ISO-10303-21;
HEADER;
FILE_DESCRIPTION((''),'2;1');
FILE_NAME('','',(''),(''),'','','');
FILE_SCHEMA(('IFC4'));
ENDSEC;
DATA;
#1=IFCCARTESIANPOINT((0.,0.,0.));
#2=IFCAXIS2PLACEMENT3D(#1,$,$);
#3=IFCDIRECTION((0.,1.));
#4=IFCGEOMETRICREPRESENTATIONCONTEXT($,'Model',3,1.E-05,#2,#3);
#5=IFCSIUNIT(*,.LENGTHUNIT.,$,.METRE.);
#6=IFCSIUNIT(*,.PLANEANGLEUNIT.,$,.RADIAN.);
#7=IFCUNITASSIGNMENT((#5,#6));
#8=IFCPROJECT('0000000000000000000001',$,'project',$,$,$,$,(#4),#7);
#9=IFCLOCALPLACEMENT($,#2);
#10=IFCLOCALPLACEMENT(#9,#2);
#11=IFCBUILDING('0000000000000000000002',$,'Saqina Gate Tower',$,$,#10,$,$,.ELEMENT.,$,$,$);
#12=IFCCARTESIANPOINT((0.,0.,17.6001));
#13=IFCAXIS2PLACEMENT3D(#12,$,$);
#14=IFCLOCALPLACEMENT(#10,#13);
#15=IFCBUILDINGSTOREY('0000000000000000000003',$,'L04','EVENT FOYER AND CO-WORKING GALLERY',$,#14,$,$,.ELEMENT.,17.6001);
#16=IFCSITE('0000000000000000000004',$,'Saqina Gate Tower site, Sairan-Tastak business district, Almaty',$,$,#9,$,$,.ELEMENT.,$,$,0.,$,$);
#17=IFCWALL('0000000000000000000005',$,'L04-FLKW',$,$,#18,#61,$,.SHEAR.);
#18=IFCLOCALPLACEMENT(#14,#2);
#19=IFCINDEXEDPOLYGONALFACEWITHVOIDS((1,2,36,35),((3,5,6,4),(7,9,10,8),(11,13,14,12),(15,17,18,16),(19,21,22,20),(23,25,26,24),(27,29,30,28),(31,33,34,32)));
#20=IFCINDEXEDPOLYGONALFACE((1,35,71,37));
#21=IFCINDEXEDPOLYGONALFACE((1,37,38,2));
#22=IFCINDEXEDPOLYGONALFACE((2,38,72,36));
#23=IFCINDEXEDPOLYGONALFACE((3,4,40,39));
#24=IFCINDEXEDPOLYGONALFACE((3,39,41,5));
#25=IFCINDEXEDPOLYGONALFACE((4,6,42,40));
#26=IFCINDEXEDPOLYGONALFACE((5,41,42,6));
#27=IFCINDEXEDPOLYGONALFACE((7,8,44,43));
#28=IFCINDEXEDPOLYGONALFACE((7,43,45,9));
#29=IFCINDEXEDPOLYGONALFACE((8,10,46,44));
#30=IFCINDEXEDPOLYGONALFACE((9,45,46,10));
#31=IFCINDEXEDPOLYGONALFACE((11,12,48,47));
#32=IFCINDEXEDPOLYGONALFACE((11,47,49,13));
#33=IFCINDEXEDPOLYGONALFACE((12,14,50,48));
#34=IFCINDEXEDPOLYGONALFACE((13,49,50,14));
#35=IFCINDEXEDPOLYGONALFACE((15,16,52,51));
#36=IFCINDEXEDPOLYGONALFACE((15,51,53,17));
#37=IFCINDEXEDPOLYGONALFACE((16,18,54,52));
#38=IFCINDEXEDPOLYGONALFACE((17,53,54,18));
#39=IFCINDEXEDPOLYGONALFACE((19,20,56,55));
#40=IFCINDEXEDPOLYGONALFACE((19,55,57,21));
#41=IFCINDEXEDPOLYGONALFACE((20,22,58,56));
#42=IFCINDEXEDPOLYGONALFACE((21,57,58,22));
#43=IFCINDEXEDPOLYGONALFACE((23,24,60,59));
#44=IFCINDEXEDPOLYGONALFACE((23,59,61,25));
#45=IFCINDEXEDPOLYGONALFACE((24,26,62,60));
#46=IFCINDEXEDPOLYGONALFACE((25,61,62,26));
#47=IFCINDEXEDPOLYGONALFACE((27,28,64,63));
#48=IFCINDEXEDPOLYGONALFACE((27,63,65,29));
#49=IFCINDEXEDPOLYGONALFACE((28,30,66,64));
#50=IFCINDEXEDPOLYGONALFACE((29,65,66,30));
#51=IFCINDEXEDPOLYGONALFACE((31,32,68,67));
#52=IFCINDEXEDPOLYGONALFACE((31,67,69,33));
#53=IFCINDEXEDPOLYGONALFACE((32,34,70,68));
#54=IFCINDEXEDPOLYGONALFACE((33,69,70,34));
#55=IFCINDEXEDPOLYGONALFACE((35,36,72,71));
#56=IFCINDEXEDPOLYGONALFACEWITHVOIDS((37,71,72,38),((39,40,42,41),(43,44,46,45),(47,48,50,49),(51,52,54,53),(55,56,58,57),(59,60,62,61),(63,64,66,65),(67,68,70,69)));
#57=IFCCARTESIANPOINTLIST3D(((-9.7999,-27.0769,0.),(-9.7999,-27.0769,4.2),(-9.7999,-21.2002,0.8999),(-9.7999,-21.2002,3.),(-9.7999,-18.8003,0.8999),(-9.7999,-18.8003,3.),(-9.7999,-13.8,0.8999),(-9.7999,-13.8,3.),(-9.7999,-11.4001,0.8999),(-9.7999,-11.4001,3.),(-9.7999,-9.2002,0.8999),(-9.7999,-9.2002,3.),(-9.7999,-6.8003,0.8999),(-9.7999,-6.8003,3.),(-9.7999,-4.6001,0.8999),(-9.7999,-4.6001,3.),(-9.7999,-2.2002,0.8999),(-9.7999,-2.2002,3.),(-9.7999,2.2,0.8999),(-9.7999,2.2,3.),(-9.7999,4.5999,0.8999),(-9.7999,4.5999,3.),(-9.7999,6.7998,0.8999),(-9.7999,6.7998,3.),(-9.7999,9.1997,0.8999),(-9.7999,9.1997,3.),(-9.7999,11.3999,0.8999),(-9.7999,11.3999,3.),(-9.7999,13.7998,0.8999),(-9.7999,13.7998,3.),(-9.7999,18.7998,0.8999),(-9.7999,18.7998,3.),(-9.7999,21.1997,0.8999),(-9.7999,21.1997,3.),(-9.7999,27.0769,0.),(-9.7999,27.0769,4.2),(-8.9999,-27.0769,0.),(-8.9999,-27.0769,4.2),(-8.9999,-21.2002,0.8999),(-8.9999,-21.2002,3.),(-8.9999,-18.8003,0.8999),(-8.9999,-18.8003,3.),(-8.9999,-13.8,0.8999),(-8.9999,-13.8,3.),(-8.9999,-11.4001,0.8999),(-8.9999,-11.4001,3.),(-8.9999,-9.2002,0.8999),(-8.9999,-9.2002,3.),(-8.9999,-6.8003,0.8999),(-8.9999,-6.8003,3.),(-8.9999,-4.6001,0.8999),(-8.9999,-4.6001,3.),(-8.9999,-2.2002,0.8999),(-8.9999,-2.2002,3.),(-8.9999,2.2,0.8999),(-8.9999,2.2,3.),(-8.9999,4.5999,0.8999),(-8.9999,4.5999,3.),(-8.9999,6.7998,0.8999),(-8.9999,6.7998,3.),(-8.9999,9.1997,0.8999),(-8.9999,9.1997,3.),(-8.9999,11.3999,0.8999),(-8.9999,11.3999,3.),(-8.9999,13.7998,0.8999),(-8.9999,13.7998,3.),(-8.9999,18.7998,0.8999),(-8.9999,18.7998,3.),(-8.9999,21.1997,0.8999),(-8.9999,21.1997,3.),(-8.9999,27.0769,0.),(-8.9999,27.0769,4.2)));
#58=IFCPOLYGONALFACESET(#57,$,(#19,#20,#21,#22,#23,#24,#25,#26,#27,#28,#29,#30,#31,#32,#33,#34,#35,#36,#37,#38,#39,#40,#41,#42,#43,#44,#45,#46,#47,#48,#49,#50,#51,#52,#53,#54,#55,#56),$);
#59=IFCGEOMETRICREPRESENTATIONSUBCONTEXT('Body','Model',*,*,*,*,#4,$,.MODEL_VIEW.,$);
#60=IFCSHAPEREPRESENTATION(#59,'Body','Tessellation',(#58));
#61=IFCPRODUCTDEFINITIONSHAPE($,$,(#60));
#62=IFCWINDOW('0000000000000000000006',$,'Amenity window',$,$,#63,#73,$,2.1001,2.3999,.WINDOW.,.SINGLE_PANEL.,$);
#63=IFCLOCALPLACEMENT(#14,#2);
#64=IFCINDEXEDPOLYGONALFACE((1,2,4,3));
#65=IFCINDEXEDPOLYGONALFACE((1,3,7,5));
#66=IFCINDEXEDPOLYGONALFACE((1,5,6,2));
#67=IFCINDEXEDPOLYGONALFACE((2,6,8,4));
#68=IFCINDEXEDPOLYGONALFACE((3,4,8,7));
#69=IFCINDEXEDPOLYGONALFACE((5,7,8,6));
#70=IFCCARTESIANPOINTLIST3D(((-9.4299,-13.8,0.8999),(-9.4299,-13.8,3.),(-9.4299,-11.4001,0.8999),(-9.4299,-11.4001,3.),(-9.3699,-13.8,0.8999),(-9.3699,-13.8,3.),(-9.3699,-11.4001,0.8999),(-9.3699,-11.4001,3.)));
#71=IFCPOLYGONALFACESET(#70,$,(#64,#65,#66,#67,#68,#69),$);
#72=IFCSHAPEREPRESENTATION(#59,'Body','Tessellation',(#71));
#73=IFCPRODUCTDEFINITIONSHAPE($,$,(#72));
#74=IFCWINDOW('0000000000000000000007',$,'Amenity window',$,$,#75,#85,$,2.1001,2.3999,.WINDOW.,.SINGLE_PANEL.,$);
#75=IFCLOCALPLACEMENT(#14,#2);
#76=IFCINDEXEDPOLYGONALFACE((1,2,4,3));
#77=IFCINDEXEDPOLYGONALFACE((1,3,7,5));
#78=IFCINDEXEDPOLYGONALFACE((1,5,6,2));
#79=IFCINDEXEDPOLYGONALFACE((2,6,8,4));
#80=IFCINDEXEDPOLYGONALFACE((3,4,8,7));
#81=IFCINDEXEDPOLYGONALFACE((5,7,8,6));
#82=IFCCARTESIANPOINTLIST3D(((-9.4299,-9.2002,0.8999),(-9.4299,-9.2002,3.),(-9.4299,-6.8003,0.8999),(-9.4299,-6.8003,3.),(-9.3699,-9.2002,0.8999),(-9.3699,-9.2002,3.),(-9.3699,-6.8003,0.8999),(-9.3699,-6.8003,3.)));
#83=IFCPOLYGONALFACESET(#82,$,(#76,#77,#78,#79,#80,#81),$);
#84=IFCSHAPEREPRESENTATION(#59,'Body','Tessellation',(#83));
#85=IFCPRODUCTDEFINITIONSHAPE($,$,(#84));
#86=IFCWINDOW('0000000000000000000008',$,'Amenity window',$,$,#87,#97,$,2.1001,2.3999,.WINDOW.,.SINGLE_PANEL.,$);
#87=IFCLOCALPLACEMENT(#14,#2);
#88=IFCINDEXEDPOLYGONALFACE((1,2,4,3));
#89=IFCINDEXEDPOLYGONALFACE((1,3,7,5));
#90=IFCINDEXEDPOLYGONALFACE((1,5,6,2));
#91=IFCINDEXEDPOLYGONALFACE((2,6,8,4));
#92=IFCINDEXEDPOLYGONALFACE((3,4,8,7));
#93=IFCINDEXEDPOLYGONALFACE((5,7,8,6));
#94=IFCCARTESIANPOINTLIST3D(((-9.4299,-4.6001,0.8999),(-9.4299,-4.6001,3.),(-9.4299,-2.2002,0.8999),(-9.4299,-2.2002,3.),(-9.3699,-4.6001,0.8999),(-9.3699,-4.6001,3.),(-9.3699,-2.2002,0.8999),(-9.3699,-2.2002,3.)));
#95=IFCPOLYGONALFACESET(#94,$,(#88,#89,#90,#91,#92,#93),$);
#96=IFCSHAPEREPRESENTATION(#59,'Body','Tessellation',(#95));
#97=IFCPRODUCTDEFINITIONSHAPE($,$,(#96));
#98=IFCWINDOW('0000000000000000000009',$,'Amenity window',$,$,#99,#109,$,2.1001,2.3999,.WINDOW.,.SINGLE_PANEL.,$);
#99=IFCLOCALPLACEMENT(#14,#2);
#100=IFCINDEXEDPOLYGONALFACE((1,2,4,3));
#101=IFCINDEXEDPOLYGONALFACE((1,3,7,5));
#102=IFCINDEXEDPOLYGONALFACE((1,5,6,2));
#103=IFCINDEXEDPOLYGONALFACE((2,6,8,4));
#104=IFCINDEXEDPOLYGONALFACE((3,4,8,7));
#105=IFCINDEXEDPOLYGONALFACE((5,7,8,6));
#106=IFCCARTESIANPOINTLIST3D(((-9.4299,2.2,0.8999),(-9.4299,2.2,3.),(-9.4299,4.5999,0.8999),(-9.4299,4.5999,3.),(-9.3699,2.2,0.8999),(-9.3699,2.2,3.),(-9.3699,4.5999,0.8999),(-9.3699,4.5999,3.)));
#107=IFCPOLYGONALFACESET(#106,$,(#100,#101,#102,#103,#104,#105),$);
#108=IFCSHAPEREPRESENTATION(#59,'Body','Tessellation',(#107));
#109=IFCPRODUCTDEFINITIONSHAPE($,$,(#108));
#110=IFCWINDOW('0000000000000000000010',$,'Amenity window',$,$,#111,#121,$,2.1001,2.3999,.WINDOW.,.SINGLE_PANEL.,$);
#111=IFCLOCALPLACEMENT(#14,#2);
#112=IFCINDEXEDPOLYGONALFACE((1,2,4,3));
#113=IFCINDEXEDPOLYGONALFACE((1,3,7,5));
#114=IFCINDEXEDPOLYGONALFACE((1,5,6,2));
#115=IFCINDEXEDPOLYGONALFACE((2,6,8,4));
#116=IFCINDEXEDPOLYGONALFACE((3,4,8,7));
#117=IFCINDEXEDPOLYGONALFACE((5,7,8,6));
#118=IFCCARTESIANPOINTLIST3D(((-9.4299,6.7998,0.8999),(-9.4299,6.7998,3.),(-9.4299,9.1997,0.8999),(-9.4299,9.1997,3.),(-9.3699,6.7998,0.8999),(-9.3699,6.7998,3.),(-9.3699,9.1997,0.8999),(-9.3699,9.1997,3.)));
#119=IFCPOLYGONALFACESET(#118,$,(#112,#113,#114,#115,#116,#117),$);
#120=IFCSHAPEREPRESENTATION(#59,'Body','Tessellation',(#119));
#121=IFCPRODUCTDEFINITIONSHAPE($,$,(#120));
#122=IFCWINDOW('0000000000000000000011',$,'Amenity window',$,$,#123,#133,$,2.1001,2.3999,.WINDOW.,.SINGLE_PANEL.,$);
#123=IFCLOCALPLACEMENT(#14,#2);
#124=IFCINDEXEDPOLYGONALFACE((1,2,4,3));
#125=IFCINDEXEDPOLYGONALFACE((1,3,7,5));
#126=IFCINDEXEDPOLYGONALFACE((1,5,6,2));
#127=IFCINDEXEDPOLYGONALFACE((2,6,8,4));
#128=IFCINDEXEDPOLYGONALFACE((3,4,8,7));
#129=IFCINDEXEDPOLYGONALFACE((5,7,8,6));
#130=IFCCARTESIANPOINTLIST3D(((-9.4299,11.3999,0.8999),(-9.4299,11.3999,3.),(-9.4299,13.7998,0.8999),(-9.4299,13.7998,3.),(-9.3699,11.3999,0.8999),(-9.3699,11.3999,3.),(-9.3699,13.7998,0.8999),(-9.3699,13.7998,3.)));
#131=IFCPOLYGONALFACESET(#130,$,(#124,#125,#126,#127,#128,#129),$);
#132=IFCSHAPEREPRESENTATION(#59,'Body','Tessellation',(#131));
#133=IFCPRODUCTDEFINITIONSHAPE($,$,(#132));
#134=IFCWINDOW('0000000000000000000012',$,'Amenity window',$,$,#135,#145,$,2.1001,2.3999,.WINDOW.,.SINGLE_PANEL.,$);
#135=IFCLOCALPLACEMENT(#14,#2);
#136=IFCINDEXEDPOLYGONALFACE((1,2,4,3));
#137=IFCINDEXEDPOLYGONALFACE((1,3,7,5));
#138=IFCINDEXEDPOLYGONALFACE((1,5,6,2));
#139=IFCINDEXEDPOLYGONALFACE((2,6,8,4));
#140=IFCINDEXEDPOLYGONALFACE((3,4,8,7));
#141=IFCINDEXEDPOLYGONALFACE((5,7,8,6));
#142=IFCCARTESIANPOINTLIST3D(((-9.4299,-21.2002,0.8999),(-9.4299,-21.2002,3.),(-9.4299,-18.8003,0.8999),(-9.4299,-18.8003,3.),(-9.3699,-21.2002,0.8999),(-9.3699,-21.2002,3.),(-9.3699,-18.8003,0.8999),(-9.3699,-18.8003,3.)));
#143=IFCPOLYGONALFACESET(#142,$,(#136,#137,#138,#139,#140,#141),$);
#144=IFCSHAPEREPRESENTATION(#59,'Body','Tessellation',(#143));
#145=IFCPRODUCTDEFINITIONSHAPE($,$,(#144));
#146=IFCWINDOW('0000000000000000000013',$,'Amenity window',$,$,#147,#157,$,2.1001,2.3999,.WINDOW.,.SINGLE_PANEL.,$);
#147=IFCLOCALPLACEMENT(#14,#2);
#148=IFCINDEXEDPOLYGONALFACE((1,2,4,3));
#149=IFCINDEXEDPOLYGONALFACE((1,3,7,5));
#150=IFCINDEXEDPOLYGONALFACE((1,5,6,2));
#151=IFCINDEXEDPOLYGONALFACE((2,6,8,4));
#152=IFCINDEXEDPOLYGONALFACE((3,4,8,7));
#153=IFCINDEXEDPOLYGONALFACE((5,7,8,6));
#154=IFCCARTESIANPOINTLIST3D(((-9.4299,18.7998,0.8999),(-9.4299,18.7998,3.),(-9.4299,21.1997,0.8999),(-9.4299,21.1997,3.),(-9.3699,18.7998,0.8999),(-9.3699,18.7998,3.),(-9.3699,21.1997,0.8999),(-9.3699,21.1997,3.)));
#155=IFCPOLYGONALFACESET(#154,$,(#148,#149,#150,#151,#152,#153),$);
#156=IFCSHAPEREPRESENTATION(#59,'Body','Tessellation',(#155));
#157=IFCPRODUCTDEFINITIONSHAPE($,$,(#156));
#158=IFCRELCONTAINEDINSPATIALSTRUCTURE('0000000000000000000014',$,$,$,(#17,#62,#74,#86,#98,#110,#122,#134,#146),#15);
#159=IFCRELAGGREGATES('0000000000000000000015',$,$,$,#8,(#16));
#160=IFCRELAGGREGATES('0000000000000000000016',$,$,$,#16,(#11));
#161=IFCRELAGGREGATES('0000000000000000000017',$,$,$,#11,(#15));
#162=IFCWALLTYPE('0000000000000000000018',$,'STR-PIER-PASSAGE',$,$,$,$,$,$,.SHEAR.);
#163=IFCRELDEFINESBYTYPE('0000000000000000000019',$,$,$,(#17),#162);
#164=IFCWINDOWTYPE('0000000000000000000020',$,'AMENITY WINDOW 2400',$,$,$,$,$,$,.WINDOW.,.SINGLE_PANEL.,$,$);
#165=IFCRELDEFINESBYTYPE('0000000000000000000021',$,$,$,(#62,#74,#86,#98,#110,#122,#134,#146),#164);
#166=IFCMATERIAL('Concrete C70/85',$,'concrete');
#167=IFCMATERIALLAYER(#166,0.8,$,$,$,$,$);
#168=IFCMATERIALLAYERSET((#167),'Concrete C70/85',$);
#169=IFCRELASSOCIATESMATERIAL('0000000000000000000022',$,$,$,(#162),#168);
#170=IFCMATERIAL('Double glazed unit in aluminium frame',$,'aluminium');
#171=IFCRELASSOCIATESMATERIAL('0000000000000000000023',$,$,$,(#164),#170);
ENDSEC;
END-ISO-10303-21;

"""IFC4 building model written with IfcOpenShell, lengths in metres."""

from ifc_helpers import new_model, si_unit, direction, frame, frame_2d, origin, place, context, subcontext, project, spatial, rectangle, extrude, material, layer, layer_set, type_object, element, fill, save


model = new_model("IFC4")

# Units and contexts
model_context = context("Model", 3, precision=1e-05, world=origin(), true_north=direction((0.0, 1.0)))
body_context = subcontext(model_context, "Body", "Model", "MODEL_VIEW")
ifc_project = project(units=[si_unit("LENGTHUNIT", "METRE"), si_unit("PLANEANGLEUNIT", "RADIAN")], contexts=[model_context])

# Site, building, storey
site_placement = place(None, origin())
site = spatial("IfcSite", under=ifc_project, at=site_placement, Name="Saqina Gate Tower site, Sairan-Tastak business district, Almaty", CompositionType="ELEMENT", RefElevation=0.0)
building_placement = place(site_placement, origin())
building = spatial("IfcBuilding", under=site, at=building_placement, Name="Saqina Gate Tower", CompositionType="ELEMENT")
storey_placement = place(building_placement, frame((0.0, 0.0, 17.6001)))
storey = spatial("IfcBuildingStorey", under=building, at=storey_placement, Name="L04", Description="EVENT FOYER AND CO-WORKING GALLERY", CompositionType="ELEMENT", Elevation=17.6001)

# Wall, openings, windows
ifc_material_1 = material(Name="Concrete C70/85", Category="concrete")
ifc_layer_1 = layer(ifc_material_1, 0.8)
ifc_layer_set_1 = layer_set([ifc_layer_1], Name="Concrete C70/85")
wall_type_1 = type_object("IfcWallType", Name="STR-PIER-PASSAGE", PredefinedType="SHEAR", material=ifc_layer_set_1)
wall_1_placement = place(storey_placement, frame((-9.3999, -27.0769, 0.0), z_axis=(0.0, 0.0, 1.0), x_axis=(0.0, 1.0, 0.0)))
wall_1 = element("IfcWall", 1, at=wall_1_placement, inside=storey, type_object=wall_type_1, Name="L04-FLKW", PredefinedType="SHEAR", context=body_context, shape_type="SweptSolid", body=[
    extrude(rectangle(XDim=54.1538, YDim=0.8, at=frame_2d((27.0769, 0.0))), origin(), (0.0, 0.0, 1.0), 4.2),
])
opening_1_placement = place(wall_1_placement, frame((13.2769, 0.0, 0.8999)))
opening_1 = element("IfcOpeningElement", 2, at=opening_1_placement, cuts=wall_1, PredefinedType="OPENING", context=body_context, shape_type="SweptSolid", body=[
    extrude(rectangle(XDim=2.3999, YDim=2.1001, at=frame_2d((1.2, 1.05))), frame((0.0, 0.4121, 0.0), z_axis=(0.0, -1.0, 0.0), x_axis=(1.0, 0.0, 0.0)), (0.0, 0.0, 1.0), 0.824),
])
opening_2_placement = place(wall_1_placement, frame((17.8767, 0.0, 0.8999)))
opening_2 = element("IfcOpeningElement", 3, at=opening_2_placement, cuts=wall_1, PredefinedType="OPENING", context=body_context, shape_type="SweptSolid", body=[
    extrude(rectangle(XDim=2.3999, YDim=2.1001, at=frame_2d((1.2, 1.05))), frame((0.0, 0.4121, 0.0), z_axis=(0.0, -1.0, 0.0), x_axis=(1.0, 0.0, 0.0)), (0.0, 0.0, 1.0), 0.824),
])
opening_3_placement = place(wall_1_placement, frame((22.4768, 0.0, 0.8999)))
opening_3 = element("IfcOpeningElement", 4, at=opening_3_placement, cuts=wall_1, PredefinedType="OPENING", context=body_context, shape_type="SweptSolid", body=[
    extrude(rectangle(XDim=2.3999, YDim=2.1001, at=frame_2d((1.2, 1.05))), frame((0.0, 0.4121, 0.0), z_axis=(0.0, -1.0, 0.0), x_axis=(1.0, 0.0, 0.0)), (0.0, 0.0, 1.0), 0.824),
])
opening_4_placement = place(wall_1_placement, frame((29.2769, 0.0, 0.8999)))
opening_4 = element("IfcOpeningElement", 5, at=opening_4_placement, cuts=wall_1, PredefinedType="OPENING", context=body_context, shape_type="SweptSolid", body=[
    extrude(rectangle(XDim=2.3999, YDim=2.1001, at=frame_2d((1.2, 1.05))), frame((0.0, 0.4121, 0.0), z_axis=(0.0, -1.0, 0.0), x_axis=(1.0, 0.0, 0.0)), (0.0, 0.0, 1.0), 0.824),
])
opening_5_placement = place(wall_1_placement, frame((33.8767, 0.0, 0.8999)))
opening_5 = element("IfcOpeningElement", 6, at=opening_5_placement, cuts=wall_1, PredefinedType="OPENING", context=body_context, shape_type="SweptSolid", body=[
    extrude(rectangle(XDim=2.3999, YDim=2.1001, at=frame_2d((1.2, 1.05))), frame((0.0, 0.4121, 0.0), z_axis=(0.0, -1.0, 0.0), x_axis=(1.0, 0.0, 0.0)), (0.0, 0.0, 1.0), 0.824),
])
opening_6_placement = place(wall_1_placement, frame((38.4768, 0.0, 0.8999)))
opening_6 = element("IfcOpeningElement", 7, at=opening_6_placement, cuts=wall_1, PredefinedType="OPENING", context=body_context, shape_type="SweptSolid", body=[
    extrude(rectangle(XDim=2.3999, YDim=2.1001, at=frame_2d((1.2, 1.05))), frame((0.0, 0.4121, 0.0), z_axis=(0.0, -1.0, 0.0), x_axis=(1.0, 0.0, 0.0)), (0.0, 0.0, 1.0), 0.824),
])
opening_7_placement = place(wall_1_placement, frame((5.8767, 0.0, 0.8999)))
opening_7 = element("IfcOpeningElement", 8, at=opening_7_placement, cuts=wall_1, PredefinedType="OPENING", context=body_context, shape_type="SweptSolid", body=[
    extrude(rectangle(XDim=2.3999, YDim=2.1001, at=frame_2d((1.2, 1.05))), frame((0.0, 0.4121, 0.0), z_axis=(0.0, -1.0, 0.0), x_axis=(1.0, 0.0, 0.0)), (0.0, 0.0, 1.0), 0.824),
])
opening_8_placement = place(wall_1_placement, frame((45.8767, 0.0, 0.8999)))
opening_8 = element("IfcOpeningElement", 9, at=opening_8_placement, cuts=wall_1, PredefinedType="OPENING", context=body_context, shape_type="SweptSolid", body=[
    extrude(rectangle(XDim=2.3999, YDim=2.1001, at=frame_2d((1.2, 1.05))), frame((0.0, 0.4121, 0.0), z_axis=(0.0, -1.0, 0.0), x_axis=(1.0, 0.0, 0.0)), (0.0, 0.0, 1.0), 0.824),
])
ifc_material_2 = material(Name="Double glazed unit in aluminium frame", Category="aluminium")
window_type = type_object("IfcWindowType", Name="AMENITY WINDOW 2400", PartitioningType="SINGLE_PANEL", PredefinedType="WINDOW", material=ifc_material_2)
window_1_placement = place(opening_1_placement, origin())
window_1 = element("IfcWindow", 10, at=window_1_placement, inside=storey, type_object=window_type, Name="Amenity window", OverallHeight=2.1001, OverallWidth=2.3999, PartitioningType="SINGLE_PANEL", PredefinedType="WINDOW", context=body_context, shape_type="SweptSolid", body=[
    extrude(rectangle(XDim=2.3999, YDim=2.1001, at=frame_2d((1.2, 1.05))), frame((0.0, 0.03, 0.0), z_axis=(0.0, -1.0, 0.0), x_axis=(1.0, 0.0, 0.0)), (0.0, 0.0, 1.0), 0.0601),
])
fill(opening_1, window_1)
window_2_placement = place(opening_2_placement, origin())
window_2 = element("IfcWindow", 11, at=window_2_placement, inside=storey, type_object=window_type, Name="Amenity window", OverallHeight=2.1001, OverallWidth=2.3999, PartitioningType="SINGLE_PANEL", PredefinedType="WINDOW", context=body_context, shape_type="SweptSolid", body=[
    extrude(rectangle(XDim=2.3999, YDim=2.1001, at=frame_2d((1.2, 1.05))), frame((0.0, 0.03, 0.0), z_axis=(0.0, -1.0, 0.0), x_axis=(1.0, 0.0, 0.0)), (0.0, 0.0, 1.0), 0.0601),
])
fill(opening_2, window_2)
window_3_placement = place(opening_3_placement, origin())
window_3 = element("IfcWindow", 12, at=window_3_placement, inside=storey, type_object=window_type, Name="Amenity window", OverallHeight=2.1001, OverallWidth=2.3999, PartitioningType="SINGLE_PANEL", PredefinedType="WINDOW", context=body_context, shape_type="SweptSolid", body=[
    extrude(rectangle(XDim=2.3999, YDim=2.1001, at=frame_2d((1.2, 1.05))), frame((0.0, 0.03, 0.0), z_axis=(0.0, -1.0, 0.0), x_axis=(1.0, 0.0, 0.0)), (0.0, 0.0, 1.0), 0.0601),
])
fill(opening_3, window_3)
window_4_placement = place(opening_4_placement, origin())
window_4 = element("IfcWindow", 13, at=window_4_placement, inside=storey, type_object=window_type, Name="Amenity window", OverallHeight=2.1001, OverallWidth=2.3999, PartitioningType="SINGLE_PANEL", PredefinedType="WINDOW", context=body_context, shape_type="SweptSolid", body=[
    extrude(rectangle(XDim=2.3999, YDim=2.1001, at=frame_2d((1.2, 1.05))), frame((0.0, 0.03, 0.0), z_axis=(0.0, -1.0, 0.0), x_axis=(1.0, 0.0, 0.0)), (0.0, 0.0, 1.0), 0.0601),
])
fill(opening_4, window_4)
window_5_placement = place(opening_5_placement, origin())
window_5 = element("IfcWindow", 14, at=window_5_placement, inside=storey, type_object=window_type, Name="Amenity window", OverallHeight=2.1001, OverallWidth=2.3999, PartitioningType="SINGLE_PANEL", PredefinedType="WINDOW", context=body_context, shape_type="SweptSolid", body=[
    extrude(rectangle(XDim=2.3999, YDim=2.1001, at=frame_2d((1.2, 1.05))), frame((0.0, 0.03, 0.0), z_axis=(0.0, -1.0, 0.0), x_axis=(1.0, 0.0, 0.0)), (0.0, 0.0, 1.0), 0.0601),
])
fill(opening_5, window_5)
window_6_placement = place(opening_6_placement, origin())
window_6 = element("IfcWindow", 15, at=window_6_placement, inside=storey, type_object=window_type, Name="Amenity window", OverallHeight=2.1001, OverallWidth=2.3999, PartitioningType="SINGLE_PANEL", PredefinedType="WINDOW", context=body_context, shape_type="SweptSolid", body=[
    extrude(rectangle(XDim=2.3999, YDim=2.1001, at=frame_2d((1.2, 1.05))), frame((0.0, 0.03, 0.0), z_axis=(0.0, -1.0, 0.0), x_axis=(1.0, 0.0, 0.0)), (0.0, 0.0, 1.0), 0.0601),
])
fill(opening_6, window_6)
window_7_placement = place(opening_7_placement, origin())
window_7 = element("IfcWindow", 16, at=window_7_placement, inside=storey, type_object=window_type, Name="Amenity window", OverallHeight=2.1001, OverallWidth=2.3999, PartitioningType="SINGLE_PANEL", PredefinedType="WINDOW", context=body_context, shape_type="SweptSolid", body=[
    extrude(rectangle(XDim=2.3999, YDim=2.1001, at=frame_2d((1.2, 1.05))), frame((0.0, 0.03, 0.0), z_axis=(0.0, -1.0, 0.0), x_axis=(1.0, 0.0, 0.0)), (0.0, 0.0, 1.0), 0.0601),
])
fill(opening_7, window_7)
window_8_placement = place(opening_8_placement, origin())
window_8 = element("IfcWindow", 17, at=window_8_placement, inside=storey, type_object=window_type, Name="Amenity window", OverallHeight=2.1001, OverallWidth=2.3999, PartitioningType="SINGLE_PANEL", PredefinedType="WINDOW", context=body_context, shape_type="SweptSolid", body=[
    extrude(rectangle(XDim=2.3999, YDim=2.1001, at=frame_2d((1.2, 1.05))), frame((0.0, 0.03, 0.0), z_axis=(0.0, -1.0, 0.0), x_axis=(1.0, 0.0, 0.0)), (0.0, 0.0, 1.0), 0.0601),
])
fill(opening_8, window_8)

save(model, "model.ifc")
